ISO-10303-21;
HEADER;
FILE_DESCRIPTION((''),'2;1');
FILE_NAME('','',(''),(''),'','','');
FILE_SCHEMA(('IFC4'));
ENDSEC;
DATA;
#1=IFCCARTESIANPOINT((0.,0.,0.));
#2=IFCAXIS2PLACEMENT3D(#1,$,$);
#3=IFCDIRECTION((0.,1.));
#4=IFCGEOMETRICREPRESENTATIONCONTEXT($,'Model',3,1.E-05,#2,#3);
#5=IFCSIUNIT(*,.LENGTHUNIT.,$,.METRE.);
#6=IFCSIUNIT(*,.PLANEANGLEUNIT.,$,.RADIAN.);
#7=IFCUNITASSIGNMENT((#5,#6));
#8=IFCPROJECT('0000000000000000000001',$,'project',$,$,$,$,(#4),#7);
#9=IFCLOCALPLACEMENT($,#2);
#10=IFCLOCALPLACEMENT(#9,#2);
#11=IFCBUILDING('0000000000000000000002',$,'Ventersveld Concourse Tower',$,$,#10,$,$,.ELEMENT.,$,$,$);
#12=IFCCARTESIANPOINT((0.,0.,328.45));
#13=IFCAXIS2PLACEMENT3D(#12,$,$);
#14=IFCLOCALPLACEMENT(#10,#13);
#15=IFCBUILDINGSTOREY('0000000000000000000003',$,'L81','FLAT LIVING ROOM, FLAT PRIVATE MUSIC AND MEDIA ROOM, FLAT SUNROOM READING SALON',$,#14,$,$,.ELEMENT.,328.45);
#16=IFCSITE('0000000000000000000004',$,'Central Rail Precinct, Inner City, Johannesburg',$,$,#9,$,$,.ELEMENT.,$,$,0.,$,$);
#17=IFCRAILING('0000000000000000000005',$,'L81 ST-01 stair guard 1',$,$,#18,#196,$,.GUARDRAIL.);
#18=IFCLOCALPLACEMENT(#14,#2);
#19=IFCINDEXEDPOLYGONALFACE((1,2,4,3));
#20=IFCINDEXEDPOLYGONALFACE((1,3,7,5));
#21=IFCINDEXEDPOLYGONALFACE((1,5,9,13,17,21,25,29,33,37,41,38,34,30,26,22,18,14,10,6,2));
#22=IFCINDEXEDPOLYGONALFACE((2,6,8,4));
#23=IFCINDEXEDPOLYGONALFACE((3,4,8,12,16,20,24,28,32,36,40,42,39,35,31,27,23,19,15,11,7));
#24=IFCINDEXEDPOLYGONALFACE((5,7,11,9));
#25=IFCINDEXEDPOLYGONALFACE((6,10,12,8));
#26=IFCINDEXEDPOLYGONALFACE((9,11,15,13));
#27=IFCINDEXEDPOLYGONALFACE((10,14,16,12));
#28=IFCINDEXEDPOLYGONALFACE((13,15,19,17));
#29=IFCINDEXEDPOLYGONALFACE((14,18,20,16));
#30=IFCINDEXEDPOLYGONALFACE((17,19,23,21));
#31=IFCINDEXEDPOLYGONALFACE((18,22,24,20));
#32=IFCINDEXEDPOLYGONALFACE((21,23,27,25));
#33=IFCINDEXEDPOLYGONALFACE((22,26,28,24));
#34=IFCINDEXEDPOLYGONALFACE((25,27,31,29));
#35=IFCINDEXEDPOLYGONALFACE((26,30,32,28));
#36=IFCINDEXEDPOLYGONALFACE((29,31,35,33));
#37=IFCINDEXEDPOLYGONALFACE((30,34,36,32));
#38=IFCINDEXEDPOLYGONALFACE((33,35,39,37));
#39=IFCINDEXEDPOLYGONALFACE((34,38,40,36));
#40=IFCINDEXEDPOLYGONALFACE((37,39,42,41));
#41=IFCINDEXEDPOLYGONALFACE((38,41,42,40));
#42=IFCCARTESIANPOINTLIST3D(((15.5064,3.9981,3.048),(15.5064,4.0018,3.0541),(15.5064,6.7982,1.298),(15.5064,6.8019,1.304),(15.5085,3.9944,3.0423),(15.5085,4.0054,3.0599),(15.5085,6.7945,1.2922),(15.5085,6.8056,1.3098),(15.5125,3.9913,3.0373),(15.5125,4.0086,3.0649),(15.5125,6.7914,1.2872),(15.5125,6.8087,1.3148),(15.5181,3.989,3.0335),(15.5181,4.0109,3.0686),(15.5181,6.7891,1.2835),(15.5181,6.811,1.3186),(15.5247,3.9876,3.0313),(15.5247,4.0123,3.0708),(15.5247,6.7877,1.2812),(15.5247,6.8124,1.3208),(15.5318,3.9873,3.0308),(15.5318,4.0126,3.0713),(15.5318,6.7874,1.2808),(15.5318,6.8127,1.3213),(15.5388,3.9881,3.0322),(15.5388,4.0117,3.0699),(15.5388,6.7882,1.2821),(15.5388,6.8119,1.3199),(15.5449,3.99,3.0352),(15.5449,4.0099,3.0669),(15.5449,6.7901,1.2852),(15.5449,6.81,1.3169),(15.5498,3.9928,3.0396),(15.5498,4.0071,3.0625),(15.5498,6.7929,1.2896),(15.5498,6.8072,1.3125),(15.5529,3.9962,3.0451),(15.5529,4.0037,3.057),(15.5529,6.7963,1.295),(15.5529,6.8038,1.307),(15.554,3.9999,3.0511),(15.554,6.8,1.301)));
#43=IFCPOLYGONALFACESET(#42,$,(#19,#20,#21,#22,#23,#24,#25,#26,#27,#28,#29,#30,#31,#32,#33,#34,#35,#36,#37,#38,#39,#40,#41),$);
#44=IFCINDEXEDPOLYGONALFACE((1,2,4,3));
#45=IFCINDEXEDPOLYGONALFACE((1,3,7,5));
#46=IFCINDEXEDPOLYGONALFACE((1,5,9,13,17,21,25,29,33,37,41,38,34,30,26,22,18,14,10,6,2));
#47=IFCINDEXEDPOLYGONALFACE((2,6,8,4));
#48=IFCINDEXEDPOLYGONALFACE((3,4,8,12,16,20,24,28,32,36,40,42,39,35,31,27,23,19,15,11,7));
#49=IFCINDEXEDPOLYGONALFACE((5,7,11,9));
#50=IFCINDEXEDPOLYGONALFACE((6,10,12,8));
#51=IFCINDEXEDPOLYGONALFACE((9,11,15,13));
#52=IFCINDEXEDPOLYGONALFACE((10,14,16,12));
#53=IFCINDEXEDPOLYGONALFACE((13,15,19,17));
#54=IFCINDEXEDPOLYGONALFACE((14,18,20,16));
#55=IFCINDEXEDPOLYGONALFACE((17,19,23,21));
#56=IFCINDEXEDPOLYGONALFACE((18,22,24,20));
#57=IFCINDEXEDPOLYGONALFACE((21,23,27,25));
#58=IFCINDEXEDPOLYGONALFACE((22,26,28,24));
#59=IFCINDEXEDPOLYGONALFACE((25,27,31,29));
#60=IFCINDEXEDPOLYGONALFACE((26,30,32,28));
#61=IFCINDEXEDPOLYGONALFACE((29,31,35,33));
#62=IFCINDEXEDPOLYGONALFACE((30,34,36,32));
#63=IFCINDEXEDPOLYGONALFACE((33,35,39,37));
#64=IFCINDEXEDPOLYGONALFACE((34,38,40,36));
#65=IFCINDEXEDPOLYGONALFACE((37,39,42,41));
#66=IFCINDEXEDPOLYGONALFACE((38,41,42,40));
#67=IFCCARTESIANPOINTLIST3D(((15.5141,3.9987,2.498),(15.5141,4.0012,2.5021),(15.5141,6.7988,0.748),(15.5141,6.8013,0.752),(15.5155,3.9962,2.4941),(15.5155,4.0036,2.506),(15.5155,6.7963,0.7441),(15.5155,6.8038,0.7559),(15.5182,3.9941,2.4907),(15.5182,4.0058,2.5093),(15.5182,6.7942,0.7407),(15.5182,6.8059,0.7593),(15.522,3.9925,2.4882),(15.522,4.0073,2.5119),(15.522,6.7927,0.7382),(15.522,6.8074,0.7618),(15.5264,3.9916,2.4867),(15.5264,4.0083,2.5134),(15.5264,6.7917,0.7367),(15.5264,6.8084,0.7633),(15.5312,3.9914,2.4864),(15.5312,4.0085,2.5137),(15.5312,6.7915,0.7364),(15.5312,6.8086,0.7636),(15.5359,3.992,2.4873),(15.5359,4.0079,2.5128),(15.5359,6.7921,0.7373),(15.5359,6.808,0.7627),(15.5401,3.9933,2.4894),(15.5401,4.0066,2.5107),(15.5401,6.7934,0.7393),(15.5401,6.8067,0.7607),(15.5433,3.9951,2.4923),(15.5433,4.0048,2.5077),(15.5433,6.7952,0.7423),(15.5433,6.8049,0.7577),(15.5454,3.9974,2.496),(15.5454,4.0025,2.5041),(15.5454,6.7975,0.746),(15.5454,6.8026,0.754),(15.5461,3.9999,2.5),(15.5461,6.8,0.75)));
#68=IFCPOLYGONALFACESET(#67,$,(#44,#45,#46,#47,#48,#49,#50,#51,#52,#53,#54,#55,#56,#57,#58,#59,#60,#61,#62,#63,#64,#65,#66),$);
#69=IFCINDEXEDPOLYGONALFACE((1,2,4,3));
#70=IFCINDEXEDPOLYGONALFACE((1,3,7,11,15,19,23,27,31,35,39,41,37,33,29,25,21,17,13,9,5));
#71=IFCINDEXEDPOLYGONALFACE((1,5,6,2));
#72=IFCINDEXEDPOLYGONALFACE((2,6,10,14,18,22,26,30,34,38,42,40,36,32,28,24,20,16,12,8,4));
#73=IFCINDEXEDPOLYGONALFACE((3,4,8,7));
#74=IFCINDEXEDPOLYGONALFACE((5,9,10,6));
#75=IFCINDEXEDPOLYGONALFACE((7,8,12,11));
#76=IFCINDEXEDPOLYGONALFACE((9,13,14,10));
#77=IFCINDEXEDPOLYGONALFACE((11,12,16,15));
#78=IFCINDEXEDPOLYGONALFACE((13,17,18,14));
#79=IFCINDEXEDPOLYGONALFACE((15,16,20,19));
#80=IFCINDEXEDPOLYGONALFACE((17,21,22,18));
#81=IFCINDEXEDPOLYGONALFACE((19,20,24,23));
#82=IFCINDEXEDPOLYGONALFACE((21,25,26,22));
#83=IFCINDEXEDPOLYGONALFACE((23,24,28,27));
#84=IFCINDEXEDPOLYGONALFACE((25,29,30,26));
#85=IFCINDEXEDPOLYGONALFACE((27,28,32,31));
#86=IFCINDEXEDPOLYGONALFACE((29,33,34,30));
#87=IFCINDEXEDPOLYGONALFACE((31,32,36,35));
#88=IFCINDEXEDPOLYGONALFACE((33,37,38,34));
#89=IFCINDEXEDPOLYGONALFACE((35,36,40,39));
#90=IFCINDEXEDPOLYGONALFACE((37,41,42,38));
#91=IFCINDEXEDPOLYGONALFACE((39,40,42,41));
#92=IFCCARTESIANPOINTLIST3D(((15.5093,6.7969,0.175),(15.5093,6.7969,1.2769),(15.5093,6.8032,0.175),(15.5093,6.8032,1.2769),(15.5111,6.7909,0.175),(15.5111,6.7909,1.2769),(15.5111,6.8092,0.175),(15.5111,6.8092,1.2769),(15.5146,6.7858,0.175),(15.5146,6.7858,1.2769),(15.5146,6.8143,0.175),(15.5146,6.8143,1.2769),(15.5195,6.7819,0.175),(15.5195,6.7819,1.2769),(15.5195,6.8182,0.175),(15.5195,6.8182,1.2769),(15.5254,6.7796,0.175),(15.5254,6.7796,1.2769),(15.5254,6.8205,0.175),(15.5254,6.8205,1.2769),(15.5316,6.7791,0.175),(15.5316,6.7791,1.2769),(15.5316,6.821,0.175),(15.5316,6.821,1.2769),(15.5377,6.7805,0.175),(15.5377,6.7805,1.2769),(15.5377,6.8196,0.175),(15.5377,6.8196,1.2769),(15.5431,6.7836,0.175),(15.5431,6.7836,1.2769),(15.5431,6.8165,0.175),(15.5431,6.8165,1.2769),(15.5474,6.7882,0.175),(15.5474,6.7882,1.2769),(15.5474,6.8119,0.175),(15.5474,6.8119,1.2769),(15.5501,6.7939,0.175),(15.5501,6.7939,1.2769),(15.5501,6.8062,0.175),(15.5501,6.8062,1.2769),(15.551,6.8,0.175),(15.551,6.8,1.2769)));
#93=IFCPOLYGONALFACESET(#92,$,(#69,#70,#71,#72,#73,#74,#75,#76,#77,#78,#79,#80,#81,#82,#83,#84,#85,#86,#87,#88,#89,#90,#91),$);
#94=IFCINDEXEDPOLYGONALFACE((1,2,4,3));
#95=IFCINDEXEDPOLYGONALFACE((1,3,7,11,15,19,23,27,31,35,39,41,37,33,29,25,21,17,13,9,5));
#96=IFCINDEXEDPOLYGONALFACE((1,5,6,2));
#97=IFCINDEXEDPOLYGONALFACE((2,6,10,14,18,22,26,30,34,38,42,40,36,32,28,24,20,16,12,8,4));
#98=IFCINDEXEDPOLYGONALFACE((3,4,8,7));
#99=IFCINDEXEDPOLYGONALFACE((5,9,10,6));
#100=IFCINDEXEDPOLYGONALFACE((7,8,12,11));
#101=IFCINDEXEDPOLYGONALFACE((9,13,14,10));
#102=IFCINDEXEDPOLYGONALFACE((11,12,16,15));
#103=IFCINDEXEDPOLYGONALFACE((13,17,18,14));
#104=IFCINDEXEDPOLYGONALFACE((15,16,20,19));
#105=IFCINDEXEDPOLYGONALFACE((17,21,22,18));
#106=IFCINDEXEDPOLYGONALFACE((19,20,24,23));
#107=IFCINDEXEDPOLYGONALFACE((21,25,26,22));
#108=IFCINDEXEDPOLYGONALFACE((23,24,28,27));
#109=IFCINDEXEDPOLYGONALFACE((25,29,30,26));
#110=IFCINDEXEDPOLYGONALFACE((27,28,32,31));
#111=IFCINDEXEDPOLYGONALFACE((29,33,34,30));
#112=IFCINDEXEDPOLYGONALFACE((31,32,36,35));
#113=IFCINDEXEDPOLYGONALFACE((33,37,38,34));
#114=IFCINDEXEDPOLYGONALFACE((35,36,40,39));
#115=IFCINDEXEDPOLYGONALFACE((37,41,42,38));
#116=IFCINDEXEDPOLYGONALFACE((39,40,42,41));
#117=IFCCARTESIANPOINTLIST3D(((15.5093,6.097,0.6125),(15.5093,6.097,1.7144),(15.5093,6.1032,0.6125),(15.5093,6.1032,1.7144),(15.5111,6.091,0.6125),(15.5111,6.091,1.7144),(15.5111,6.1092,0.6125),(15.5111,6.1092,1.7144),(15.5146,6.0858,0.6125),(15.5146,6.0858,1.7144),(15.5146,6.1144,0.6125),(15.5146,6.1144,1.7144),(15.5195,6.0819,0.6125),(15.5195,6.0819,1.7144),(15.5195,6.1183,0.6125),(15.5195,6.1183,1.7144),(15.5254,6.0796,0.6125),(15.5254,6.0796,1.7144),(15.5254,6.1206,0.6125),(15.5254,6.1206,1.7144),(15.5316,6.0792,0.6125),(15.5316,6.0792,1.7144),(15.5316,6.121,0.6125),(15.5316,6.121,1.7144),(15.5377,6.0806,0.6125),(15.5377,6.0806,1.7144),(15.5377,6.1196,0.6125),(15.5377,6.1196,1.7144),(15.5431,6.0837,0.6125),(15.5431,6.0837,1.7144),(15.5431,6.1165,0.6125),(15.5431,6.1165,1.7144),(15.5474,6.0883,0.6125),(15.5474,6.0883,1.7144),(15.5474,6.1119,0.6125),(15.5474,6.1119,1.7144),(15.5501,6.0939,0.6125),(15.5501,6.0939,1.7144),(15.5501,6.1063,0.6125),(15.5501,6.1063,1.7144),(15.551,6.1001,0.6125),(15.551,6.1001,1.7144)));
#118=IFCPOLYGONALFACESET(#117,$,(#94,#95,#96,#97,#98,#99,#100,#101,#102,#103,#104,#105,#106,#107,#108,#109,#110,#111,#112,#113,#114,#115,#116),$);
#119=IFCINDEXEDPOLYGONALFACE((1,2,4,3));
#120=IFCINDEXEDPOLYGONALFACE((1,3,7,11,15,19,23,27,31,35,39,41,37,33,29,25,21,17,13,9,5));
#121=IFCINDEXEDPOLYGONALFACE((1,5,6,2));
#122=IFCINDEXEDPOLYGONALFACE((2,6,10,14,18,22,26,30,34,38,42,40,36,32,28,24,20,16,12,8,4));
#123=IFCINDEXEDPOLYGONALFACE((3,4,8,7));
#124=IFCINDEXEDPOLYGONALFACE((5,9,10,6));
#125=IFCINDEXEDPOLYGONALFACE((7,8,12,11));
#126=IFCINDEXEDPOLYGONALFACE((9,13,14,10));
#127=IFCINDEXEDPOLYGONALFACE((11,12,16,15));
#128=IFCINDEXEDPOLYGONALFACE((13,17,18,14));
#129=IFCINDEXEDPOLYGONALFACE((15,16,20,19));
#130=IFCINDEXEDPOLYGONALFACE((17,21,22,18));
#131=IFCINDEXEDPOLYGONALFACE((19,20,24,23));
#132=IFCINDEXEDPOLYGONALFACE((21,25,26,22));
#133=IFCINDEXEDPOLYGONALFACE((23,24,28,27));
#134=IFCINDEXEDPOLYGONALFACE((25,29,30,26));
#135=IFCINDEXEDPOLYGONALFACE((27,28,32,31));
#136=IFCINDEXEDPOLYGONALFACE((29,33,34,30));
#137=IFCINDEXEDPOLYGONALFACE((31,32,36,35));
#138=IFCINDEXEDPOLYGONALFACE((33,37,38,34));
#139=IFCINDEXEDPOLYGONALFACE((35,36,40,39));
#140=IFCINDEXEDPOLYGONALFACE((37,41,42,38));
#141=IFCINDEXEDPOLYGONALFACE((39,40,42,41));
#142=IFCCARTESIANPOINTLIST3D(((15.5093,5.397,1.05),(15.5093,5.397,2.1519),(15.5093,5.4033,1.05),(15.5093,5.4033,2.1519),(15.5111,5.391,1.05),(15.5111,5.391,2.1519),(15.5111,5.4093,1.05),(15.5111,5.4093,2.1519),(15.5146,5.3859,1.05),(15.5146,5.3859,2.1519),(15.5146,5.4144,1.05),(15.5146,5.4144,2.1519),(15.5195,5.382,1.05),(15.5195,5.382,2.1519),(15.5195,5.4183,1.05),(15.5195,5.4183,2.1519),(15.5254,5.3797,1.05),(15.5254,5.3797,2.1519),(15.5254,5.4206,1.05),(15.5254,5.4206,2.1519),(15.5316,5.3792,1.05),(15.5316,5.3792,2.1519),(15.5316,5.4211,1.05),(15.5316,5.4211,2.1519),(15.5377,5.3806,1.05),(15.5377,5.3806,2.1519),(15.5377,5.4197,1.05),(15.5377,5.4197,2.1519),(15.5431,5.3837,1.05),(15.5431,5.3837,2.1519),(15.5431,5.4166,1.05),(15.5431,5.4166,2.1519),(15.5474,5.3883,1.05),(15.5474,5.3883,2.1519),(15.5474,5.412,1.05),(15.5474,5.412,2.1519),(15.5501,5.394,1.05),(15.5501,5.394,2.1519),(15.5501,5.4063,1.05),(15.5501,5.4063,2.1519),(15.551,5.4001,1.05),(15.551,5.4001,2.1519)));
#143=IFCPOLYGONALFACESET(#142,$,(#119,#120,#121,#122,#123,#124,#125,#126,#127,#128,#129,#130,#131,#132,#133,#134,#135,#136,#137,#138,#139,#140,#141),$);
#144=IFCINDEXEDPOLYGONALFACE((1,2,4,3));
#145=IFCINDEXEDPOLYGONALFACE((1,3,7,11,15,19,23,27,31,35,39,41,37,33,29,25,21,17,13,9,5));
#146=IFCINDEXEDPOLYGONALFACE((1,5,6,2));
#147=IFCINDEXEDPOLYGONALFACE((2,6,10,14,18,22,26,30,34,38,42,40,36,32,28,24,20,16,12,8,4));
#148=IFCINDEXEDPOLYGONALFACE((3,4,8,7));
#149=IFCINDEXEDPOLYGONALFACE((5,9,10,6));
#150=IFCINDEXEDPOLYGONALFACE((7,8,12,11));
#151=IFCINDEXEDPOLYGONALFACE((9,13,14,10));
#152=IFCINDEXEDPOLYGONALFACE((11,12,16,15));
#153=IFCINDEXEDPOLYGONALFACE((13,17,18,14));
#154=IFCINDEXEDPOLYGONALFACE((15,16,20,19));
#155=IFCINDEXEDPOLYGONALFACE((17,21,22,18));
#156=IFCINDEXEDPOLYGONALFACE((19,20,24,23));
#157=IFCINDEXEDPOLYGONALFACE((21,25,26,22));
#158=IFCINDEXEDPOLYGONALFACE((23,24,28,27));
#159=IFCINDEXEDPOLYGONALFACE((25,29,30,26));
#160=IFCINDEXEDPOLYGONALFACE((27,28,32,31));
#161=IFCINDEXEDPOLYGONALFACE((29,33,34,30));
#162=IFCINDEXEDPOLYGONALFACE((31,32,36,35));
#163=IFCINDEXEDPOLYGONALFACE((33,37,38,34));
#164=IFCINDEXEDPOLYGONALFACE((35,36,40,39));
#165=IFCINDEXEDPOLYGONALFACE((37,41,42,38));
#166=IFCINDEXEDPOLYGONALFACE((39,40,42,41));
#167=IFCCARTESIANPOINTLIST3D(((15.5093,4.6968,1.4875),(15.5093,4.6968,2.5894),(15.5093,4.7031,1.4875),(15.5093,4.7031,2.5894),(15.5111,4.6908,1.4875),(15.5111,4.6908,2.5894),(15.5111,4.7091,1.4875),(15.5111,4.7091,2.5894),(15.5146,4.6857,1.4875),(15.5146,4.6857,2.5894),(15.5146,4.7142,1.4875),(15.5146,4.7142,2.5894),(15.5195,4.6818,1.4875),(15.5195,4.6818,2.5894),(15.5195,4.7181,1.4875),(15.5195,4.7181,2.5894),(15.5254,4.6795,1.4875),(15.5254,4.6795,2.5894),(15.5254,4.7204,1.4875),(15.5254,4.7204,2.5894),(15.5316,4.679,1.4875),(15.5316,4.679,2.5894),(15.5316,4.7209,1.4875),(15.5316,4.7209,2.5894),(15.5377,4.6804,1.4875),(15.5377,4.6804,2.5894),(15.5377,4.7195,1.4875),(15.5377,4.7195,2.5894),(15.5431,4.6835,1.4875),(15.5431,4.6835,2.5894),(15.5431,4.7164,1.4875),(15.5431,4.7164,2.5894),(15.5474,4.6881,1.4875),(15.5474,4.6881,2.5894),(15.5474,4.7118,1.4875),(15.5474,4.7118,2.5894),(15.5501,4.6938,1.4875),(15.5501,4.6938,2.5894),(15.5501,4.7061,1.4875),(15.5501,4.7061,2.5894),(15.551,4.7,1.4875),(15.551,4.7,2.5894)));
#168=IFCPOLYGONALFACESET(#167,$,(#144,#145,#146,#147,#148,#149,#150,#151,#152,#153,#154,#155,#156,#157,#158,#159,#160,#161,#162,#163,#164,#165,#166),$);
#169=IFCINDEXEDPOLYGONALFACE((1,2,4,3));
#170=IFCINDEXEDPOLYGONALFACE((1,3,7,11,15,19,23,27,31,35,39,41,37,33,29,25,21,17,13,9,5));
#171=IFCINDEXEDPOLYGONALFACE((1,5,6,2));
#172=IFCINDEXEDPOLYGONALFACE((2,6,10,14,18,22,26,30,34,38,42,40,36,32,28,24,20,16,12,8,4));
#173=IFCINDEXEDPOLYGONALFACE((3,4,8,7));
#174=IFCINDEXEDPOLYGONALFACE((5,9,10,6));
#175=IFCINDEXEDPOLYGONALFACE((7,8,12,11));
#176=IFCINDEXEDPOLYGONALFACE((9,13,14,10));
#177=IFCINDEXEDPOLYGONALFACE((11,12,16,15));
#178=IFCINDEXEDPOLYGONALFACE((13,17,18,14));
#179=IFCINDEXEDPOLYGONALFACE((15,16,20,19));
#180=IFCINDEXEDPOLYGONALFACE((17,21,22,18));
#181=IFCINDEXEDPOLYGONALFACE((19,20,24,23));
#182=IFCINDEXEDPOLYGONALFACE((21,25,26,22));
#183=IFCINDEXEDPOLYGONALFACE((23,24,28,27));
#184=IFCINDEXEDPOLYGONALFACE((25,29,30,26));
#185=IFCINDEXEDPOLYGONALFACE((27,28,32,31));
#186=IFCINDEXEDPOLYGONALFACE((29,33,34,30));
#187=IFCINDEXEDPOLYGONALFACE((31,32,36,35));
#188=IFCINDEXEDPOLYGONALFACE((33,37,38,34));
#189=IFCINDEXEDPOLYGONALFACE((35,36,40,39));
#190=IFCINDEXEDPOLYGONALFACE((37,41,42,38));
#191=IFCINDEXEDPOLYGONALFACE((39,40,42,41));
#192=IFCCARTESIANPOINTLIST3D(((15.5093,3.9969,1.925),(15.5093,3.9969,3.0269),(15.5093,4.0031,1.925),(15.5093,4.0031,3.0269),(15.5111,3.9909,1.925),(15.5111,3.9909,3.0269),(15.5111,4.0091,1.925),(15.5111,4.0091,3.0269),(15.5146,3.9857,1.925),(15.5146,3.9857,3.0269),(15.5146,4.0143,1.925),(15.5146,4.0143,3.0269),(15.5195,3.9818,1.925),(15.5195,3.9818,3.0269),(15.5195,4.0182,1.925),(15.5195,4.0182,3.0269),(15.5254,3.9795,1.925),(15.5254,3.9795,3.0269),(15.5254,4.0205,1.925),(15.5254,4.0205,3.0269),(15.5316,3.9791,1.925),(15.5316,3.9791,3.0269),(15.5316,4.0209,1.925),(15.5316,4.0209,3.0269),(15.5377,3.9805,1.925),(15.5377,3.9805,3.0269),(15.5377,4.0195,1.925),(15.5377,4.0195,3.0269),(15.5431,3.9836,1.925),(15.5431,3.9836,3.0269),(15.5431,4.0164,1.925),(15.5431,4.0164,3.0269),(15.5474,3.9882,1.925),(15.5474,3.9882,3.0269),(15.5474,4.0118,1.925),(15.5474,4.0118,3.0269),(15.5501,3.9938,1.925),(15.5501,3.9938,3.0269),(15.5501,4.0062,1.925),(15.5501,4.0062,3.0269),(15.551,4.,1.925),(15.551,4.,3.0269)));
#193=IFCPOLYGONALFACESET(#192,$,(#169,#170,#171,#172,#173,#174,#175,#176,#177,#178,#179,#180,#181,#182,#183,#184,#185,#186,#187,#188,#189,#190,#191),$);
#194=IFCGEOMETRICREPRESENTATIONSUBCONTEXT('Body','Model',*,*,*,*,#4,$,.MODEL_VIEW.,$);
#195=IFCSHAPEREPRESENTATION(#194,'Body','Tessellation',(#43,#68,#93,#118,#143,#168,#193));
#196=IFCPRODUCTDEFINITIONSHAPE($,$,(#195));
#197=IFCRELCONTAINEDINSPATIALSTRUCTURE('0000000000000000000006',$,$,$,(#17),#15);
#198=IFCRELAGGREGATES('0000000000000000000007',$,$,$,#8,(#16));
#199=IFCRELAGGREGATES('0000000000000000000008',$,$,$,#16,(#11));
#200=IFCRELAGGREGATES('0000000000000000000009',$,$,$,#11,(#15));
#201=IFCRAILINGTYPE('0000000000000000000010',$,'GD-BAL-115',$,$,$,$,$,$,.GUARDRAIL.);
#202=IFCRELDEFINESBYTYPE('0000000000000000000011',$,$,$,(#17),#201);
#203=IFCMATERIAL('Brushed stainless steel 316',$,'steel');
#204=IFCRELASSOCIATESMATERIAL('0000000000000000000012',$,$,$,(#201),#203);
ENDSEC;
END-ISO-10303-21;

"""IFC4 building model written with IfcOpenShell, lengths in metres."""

from ifc_helpers import new_model, si_unit, direction, frame, origin, origin_2d, place, context, subcontext, project, spatial, circle, extrude, material, type_object, element, save


model = new_model("IFC4")

# Units and contexts
model_context = context("Model", 3, precision=1e-05, world=origin(), true_north=direction((0.0, 1.0)))
body_context = subcontext(model_context, "Body", "Model", "MODEL_VIEW")
ifc_project = project(units=[si_unit("LENGTHUNIT", "METRE"), si_unit("PLANEANGLEUNIT", "RADIAN")], contexts=[model_context])

# Site, building, storey
site_placement = place(None, origin())
site = spatial("IfcSite", under=ifc_project, at=site_placement, Name="Central Rail Precinct, Inner City, Johannesburg", CompositionType="ELEMENT", RefElevation=0.0)
building_placement = place(site_placement, origin())
building = spatial("IfcBuilding", under=site, at=building_placement, Name="Ventersveld Concourse Tower", CompositionType="ELEMENT")
storey_placement = place(building_placement, frame((0.0, 0.0, 328.45)))
storey = spatial("IfcBuildingStorey", under=building, at=storey_placement, Name="L81", Description="FLAT LIVING ROOM, FLAT PRIVATE MUSIC AND MEDIA ROOM, FLAT SUNROOM READING SALON", CompositionType="ELEMENT", Elevation=328.45)

# Railing
ifc_material_1 = material(Name="Brushed stainless steel 316", Category="steel")
railing_type_1 = type_object("IfcRailingType", Name="GD-BAL-115", PredefinedType="GUARDRAIL", material=ifc_material_1)
railing_1_placement = place(storey_placement, frame((15.53, 6.8, 0.175)))
element("IfcRailing", 1, at=railing_1_placement, inside=storey, type_object=railing_type_1, Name="L81 ST-01 stair guard 1", PredefinedType="GUARDRAIL", context=body_context, shape_type="SweptSolid", body=[
    extrude(circle(Radius=0.0239, at=origin_2d()), frame((0.0, 0.0, 1.126), z_axis=(0.0, -0.848002, 0.529992), x_axis=(1.0, 0.0, 0.0)), (0.0, 0.0, 1.0), 3.302),
    extrude(circle(Radius=0.0161, at=origin_2d()), frame((0.0, 0.0, 0.575), z_axis=(0.0, -0.848002, 0.529992), x_axis=(1.0, 0.0, 0.0)), (0.0, 0.0, 1.0), 3.302),
    extrude(circle(Radius=0.021, at=origin_2d()), origin(), (0.0, 0.0, 1.0), 1.1018),
    extrude(circle(Radius=0.021, at=origin_2d()), frame((0.0, -0.7, 0.4375)), (0.0, 0.0, 1.0), 1.1018),
    extrude(circle(Radius=0.021, at=origin_2d()), frame((0.0, -1.3999, 0.875)), (0.0, 0.0, 1.0), 1.1018),
    extrude(circle(Radius=0.021, at=origin_2d()), frame((0.0, -2.1001, 1.3125)), (0.0, 0.0, 1.0), 1.1018),
    extrude(circle(Radius=0.021, at=origin_2d()), frame((0.0, -2.8, 1.75)), (0.0, 0.0, 1.0), 1.1018),
])

save(model, "model.ifc")
